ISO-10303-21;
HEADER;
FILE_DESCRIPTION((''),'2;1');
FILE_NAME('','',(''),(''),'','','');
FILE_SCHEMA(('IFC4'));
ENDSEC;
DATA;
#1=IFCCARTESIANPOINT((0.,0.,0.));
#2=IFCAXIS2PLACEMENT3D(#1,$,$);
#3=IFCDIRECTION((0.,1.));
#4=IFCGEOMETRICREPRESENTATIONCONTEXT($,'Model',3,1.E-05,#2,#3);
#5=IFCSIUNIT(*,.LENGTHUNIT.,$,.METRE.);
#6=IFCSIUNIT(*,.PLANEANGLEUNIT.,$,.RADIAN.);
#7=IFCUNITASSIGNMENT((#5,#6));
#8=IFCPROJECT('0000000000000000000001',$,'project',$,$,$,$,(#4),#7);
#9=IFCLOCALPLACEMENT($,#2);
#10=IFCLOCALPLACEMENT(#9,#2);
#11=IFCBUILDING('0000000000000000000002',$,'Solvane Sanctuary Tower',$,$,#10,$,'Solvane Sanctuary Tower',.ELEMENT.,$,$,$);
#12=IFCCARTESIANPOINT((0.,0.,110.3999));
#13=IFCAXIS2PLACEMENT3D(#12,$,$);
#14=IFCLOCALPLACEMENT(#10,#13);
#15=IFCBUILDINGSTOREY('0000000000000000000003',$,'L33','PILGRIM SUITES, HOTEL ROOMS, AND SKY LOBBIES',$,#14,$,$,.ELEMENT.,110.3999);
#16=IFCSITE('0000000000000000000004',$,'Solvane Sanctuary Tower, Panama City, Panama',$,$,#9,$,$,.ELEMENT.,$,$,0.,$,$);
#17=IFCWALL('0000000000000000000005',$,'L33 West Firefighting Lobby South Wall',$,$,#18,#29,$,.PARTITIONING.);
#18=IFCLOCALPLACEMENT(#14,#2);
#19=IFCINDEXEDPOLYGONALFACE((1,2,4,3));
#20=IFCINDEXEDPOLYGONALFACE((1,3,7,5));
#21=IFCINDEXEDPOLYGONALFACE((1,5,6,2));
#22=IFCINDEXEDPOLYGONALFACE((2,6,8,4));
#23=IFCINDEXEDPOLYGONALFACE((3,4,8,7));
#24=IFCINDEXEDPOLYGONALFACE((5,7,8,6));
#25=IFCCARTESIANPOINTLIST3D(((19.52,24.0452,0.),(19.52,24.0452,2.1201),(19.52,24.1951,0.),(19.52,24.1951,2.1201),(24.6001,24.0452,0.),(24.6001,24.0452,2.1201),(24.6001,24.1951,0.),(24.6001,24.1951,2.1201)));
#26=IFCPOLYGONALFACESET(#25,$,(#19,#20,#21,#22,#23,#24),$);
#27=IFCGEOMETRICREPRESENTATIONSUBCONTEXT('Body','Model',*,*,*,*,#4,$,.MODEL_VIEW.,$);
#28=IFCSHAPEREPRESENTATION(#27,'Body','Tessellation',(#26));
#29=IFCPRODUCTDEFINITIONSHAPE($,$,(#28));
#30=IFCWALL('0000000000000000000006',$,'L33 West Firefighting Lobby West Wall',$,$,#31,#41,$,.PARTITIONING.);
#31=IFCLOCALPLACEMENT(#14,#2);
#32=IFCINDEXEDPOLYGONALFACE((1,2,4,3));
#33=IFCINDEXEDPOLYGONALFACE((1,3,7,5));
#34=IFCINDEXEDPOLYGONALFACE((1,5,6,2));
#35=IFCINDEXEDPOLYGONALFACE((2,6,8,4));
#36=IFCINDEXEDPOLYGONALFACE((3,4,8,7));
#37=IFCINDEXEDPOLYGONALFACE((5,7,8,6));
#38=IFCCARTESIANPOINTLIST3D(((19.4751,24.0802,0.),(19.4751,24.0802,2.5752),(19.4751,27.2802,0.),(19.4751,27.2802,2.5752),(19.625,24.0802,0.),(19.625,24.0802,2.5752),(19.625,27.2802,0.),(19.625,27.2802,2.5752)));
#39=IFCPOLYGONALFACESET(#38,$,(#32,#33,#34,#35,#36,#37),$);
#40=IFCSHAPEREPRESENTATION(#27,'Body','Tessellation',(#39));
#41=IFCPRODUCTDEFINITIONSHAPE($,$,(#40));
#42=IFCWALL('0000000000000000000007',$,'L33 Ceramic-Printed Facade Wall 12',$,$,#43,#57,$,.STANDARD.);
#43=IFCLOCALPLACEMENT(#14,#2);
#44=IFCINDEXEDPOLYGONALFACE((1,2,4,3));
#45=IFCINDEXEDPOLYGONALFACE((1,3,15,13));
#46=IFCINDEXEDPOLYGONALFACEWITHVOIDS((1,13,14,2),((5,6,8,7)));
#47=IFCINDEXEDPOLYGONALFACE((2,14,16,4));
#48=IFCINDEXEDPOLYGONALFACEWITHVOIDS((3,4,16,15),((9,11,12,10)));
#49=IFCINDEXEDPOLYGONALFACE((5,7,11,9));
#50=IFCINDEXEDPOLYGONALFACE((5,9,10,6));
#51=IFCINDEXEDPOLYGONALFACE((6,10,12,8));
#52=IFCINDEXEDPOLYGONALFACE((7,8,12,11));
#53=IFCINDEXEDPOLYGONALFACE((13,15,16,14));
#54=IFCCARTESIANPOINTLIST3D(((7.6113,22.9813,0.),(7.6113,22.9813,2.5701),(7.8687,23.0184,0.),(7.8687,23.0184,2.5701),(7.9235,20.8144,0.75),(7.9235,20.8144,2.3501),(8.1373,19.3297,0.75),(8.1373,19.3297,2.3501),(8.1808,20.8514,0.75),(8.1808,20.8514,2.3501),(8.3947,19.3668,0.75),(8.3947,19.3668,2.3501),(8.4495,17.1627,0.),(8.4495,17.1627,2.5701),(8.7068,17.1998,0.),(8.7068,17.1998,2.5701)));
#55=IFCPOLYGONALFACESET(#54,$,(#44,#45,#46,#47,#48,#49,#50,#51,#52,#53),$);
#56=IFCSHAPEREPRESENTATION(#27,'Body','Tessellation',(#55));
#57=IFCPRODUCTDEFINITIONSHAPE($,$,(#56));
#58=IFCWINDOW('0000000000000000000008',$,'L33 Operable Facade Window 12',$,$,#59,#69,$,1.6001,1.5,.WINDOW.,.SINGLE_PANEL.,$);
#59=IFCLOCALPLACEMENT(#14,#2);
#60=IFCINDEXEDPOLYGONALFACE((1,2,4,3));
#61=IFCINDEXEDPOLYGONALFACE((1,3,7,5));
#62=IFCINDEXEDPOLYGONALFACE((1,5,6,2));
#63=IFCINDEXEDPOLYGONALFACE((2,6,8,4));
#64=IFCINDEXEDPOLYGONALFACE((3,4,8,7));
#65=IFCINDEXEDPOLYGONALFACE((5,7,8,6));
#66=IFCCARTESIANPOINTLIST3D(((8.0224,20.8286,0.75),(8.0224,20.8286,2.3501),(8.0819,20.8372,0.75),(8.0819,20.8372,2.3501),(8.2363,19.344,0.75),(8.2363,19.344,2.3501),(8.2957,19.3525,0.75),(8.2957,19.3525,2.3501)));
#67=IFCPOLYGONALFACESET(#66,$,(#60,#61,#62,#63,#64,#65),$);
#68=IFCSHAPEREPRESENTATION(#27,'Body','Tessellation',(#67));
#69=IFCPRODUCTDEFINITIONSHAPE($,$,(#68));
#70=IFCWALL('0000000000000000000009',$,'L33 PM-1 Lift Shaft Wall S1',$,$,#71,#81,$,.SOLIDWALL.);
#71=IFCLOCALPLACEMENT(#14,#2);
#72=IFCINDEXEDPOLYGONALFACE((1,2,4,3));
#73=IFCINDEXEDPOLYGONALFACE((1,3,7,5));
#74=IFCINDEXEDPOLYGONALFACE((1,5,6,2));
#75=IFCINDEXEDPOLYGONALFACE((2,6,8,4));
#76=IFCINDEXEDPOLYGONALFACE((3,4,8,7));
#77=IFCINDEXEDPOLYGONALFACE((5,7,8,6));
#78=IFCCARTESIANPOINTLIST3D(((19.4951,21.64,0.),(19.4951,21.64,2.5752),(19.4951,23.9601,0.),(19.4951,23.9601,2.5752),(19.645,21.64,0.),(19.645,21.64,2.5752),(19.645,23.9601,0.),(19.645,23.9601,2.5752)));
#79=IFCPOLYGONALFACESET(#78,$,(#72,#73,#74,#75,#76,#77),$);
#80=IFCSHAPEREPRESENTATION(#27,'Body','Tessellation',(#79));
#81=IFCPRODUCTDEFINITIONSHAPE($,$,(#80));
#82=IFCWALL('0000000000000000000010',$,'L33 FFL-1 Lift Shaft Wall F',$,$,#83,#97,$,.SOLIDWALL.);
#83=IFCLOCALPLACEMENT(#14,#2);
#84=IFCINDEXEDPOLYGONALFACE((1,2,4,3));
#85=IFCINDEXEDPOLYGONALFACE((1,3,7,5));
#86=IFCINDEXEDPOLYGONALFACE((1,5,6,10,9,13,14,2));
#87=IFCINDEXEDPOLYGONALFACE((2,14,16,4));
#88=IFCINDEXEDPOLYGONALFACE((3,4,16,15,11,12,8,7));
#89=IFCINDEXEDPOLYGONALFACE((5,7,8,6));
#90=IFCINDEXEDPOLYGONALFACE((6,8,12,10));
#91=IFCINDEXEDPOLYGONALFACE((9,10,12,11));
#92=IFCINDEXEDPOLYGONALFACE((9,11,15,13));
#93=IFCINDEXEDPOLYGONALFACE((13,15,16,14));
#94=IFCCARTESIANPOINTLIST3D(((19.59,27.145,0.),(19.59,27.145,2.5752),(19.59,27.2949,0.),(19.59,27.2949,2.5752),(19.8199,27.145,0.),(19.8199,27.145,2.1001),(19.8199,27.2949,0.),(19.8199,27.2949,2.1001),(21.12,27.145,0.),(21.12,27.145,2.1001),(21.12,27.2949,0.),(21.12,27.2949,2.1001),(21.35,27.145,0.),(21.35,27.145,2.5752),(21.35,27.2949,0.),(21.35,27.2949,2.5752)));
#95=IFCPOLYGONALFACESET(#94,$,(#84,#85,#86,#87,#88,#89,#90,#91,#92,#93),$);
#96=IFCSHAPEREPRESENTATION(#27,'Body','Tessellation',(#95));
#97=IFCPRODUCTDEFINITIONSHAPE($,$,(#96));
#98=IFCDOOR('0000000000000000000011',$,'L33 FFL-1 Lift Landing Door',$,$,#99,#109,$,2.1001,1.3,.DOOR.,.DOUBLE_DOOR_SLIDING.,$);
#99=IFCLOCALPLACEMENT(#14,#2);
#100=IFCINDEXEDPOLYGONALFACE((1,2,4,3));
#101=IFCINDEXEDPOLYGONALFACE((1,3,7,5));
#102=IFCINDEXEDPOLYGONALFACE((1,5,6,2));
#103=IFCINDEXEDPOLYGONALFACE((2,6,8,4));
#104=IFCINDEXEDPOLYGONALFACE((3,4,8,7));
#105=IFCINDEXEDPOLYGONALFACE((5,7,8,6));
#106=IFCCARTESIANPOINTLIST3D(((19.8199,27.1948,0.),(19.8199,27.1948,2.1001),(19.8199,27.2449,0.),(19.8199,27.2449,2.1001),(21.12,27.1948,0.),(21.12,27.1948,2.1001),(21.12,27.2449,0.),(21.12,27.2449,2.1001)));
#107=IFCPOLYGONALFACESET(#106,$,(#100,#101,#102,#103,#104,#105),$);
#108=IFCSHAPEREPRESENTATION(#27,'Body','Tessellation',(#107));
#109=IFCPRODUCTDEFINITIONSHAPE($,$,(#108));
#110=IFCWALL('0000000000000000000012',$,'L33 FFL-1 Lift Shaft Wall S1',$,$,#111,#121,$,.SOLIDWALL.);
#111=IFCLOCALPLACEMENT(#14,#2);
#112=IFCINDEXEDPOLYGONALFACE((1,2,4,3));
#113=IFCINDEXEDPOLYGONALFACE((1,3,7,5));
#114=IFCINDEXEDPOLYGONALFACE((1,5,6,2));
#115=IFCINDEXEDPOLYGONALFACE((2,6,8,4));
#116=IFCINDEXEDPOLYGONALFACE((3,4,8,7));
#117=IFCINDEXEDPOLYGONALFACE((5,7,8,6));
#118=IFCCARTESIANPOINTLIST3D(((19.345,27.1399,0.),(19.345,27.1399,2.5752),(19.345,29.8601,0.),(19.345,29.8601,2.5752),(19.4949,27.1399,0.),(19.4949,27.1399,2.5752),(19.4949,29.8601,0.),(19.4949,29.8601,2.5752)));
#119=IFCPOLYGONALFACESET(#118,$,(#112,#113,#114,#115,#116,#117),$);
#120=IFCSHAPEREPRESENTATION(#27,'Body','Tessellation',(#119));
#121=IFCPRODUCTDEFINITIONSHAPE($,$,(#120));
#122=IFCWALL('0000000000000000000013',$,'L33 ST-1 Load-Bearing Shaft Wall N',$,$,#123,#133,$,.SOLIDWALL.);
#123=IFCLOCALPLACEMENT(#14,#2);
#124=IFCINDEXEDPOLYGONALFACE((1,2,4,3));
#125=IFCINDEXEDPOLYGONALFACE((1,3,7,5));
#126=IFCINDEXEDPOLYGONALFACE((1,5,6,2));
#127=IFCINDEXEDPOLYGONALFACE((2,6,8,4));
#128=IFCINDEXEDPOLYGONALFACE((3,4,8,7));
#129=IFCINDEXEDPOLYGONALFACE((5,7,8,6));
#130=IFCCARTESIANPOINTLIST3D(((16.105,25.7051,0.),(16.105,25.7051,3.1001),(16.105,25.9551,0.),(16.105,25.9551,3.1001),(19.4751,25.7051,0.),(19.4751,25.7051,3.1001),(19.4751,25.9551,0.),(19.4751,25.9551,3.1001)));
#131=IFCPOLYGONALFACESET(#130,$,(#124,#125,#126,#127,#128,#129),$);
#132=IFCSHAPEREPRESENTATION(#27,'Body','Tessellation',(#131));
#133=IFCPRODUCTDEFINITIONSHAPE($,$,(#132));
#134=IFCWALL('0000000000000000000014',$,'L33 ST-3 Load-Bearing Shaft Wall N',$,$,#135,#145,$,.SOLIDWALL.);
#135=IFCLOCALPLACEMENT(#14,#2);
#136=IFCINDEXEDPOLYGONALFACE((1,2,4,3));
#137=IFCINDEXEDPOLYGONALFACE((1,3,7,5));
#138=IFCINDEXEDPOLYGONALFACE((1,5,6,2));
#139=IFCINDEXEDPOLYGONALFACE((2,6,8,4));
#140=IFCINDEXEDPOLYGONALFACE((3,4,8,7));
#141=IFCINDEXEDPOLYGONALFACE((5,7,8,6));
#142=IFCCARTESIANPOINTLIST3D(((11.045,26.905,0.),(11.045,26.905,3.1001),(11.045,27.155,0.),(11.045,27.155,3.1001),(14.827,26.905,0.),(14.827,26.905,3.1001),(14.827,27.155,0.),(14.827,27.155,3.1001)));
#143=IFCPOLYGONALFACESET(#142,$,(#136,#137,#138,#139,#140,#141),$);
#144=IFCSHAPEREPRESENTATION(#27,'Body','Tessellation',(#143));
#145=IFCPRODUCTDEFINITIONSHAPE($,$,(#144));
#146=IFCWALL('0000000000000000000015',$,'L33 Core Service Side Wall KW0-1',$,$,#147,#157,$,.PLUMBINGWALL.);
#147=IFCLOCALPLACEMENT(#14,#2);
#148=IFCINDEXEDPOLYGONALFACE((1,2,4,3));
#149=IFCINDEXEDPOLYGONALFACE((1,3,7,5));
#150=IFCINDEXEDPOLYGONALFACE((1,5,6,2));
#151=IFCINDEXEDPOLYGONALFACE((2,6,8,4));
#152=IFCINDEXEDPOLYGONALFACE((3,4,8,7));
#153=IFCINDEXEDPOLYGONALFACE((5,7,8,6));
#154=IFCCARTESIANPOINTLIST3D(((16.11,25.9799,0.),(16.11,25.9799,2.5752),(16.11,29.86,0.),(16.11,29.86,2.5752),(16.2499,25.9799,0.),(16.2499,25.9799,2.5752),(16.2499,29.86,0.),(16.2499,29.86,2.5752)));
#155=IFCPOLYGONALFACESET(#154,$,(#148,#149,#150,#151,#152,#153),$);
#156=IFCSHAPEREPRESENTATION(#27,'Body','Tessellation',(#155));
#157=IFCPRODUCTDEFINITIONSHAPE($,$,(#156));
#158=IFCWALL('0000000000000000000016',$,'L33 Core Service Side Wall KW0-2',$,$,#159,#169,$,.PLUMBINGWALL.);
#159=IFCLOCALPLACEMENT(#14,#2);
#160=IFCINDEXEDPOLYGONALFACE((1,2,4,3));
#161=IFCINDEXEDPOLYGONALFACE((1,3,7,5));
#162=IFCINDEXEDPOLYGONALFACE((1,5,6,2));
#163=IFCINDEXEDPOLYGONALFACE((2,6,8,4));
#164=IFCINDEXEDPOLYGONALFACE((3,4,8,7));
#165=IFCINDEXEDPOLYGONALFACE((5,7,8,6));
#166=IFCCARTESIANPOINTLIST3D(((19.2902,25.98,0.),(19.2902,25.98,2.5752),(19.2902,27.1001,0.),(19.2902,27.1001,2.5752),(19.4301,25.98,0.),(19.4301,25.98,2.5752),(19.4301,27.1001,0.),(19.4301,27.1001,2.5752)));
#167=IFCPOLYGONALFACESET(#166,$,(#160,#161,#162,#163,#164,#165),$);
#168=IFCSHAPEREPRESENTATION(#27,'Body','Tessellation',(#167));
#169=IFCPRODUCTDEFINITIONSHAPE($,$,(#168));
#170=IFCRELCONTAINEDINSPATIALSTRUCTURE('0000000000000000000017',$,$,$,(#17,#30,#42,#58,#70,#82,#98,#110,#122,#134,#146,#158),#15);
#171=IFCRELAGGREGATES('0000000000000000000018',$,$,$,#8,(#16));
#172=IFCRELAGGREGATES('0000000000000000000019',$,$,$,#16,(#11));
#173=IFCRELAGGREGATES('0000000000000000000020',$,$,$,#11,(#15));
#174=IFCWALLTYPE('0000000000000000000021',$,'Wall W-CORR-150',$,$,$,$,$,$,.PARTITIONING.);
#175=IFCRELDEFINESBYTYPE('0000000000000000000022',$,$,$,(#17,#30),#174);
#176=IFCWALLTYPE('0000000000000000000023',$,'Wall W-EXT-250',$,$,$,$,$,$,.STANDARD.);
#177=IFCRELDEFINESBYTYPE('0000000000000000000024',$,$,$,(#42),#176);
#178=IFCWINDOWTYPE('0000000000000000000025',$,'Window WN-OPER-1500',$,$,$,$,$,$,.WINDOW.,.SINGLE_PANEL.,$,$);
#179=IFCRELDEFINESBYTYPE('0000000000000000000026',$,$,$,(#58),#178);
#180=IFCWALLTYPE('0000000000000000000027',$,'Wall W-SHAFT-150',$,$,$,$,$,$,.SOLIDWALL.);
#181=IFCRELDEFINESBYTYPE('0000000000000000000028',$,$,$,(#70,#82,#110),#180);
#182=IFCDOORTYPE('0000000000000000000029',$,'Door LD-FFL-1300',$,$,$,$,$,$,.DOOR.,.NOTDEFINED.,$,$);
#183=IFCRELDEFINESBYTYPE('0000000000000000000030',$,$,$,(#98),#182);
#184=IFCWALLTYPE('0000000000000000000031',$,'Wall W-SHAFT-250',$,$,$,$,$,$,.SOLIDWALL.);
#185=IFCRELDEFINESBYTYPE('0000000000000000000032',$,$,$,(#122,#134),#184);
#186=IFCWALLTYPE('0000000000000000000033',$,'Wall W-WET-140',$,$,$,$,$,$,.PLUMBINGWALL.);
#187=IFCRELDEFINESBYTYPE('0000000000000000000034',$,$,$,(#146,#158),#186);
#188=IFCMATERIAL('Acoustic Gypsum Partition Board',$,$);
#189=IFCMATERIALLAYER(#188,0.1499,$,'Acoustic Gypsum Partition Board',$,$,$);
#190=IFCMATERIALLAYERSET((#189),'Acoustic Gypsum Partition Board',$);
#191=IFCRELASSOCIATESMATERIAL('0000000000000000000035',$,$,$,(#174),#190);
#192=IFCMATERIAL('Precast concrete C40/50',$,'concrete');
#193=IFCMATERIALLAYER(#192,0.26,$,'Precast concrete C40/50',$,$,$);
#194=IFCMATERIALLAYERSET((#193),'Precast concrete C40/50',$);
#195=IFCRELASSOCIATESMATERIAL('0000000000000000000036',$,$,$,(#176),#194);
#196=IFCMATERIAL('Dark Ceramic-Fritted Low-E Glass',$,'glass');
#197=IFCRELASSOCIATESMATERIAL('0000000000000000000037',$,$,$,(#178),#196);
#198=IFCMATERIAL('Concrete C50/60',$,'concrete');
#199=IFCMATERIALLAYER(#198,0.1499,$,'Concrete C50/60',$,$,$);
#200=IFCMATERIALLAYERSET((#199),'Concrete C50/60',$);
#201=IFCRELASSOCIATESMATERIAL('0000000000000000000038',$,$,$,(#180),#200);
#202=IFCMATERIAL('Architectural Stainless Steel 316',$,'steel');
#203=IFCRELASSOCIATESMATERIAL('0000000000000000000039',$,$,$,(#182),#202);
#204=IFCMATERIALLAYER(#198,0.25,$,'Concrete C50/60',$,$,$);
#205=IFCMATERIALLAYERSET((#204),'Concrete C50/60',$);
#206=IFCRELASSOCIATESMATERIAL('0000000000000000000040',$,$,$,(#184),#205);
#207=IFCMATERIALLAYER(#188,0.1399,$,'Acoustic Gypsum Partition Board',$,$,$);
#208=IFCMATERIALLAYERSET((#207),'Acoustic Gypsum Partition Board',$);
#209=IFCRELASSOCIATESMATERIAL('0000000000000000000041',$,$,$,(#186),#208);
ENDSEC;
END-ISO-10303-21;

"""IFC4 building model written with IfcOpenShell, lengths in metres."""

from ifc_helpers import new_model, si_unit, direction, frame, frame_2d, origin, place, context, subcontext, project, spatial, rectangle, extrude, material, layer, layer_set, type_object, element, fill, save


model = new_model("IFC4")

# Units and contexts
model_context = context("Model", 3, precision=1e-05, world=origin(), true_north=direction((0.0, 1.0)))
body_context = subcontext(model_context, "Body", "Model", "MODEL_VIEW")
ifc_project = project(units=[si_unit("LENGTHUNIT", "METRE"), si_unit("PLANEANGLEUNIT", "RADIAN")], contexts=[model_context])

# Site, building, storey
site_placement = place(None, origin())
site = spatial("IfcSite", under=ifc_project, at=site_placement, Name="Solvane Sanctuary Tower, Panama City, Panama", CompositionType="ELEMENT", RefElevation=0.0)
building_placement = place(site_placement, origin())
building = spatial("IfcBuilding", under=site, at=building_placement, Name="Solvane Sanctuary Tower", LongName="Solvane Sanctuary Tower", CompositionType="ELEMENT")
storey_placement = place(building_placement, frame((0.0, 0.0, 110.3999)))
storey = spatial("IfcBuildingStorey", under=building, at=storey_placement, Name="L33", Description="PILGRIM SUITES, HOTEL ROOMS, AND SKY LOBBIES", CompositionType="ELEMENT", Elevation=110.3999)

# Walls
ifc_material_1 = material(Name="Acoustic Gypsum Partition Board")
ifc_layer_1 = layer(ifc_material_1, 0.1499, Name="Acoustic Gypsum Partition Board")
ifc_layer_set_1 = layer_set([ifc_layer_1], Name="Acoustic Gypsum Partition Board")
wall_type_1 = type_object("IfcWallType", Name="Wall W-CORR-150", PredefinedType="PARTITIONING", material=ifc_layer_set_1)
wall_1_placement = place(storey_placement, frame((19.52, 24.1201, 0.0), z_axis=(0.0, 0.0, 1.0), x_axis=(1.0, 0.0, 0.0)))
element("IfcWall", 1, at=wall_1_placement, inside=storey, type_object=wall_type_1, Name="L33 West Firefighting Lobby South Wall", PredefinedType="PARTITIONING", context=body_context, shape_type="SweptSolid", body=[
    extrude(rectangle(XDim=5.0801, YDim=0.1499, at=frame_2d((2.54, 0.0))), origin(), (0.0, 0.0, 1.0), 2.1201),
])
wall_2_placement = place(storey_placement, frame((19.55, 24.0801, 0.0), z_axis=(0.0, 0.0, 1.0), x_axis=(0.0, 1.0, 0.0)))
element("IfcWall", 2, at=wall_2_placement, inside=storey, type_object=wall_type_1, Name="L33 West Firefighting Lobby West Wall", PredefinedType="PARTITIONING", context=body_context, shape_type="SweptSolid", body=[
    extrude(rectangle(XDim=3.2, YDim=0.1499, at=frame_2d((1.6001, 0.0))), origin(), (0.0, 0.0, 1.0), 2.5752),
])

# Wall, opening, window
ifc_material_2 = material(Name="Precast concrete C40/50", Category="concrete")
ifc_layer_2 = layer(ifc_material_2, 0.26, Name="Precast concrete C40/50")
ifc_layer_set_2 = layer_set([ifc_layer_2], Name="Precast concrete C40/50")
wall_type_2 = type_object("IfcWallType", Name="Wall W-EXT-250", PredefinedType="STANDARD", material=ifc_layer_set_2)
wall_3_placement = place(storey_placement, frame((7.74, 23.0, 0.0), z_axis=(0.0, 0.0, 1.0), x_axis=(0.142572, -0.989784, 0.0)))
wall_3 = element("IfcWall", 3, at=wall_3_placement, inside=storey, type_object=wall_type_2, Name="L33 Ceramic-Printed Facade Wall 12", PredefinedType="STANDARD", context=body_context, shape_type="SweptSolid", body=[
    extrude(rectangle(XDim=5.8787, YDim=0.26, at=frame_2d((2.9395, 0.0))), origin(), (0.0, 0.0, 1.0), 2.5701),
])
opening_1_placement = place(wall_3_placement, frame((2.1895, 0.0, 0.75)))
opening_1 = element("IfcOpeningElement", 4, at=opening_1_placement, cuts=wall_3, PredefinedType="OPENING", context=body_context, shape_type="SweptSolid", body=[
    extrude(rectangle(XDim=1.5, YDim=1.6001, at=frame_2d((0.75, 0.8))), frame((0.0, 0.1399, 0.0), z_axis=(0.0, -1.0, 0.0), x_axis=(1.0, 0.0, 0.0)), (0.0, 0.0, 1.0), 0.28),
])
ifc_material_3 = material(Name="Dark Ceramic-Fritted Low-E Glass", Category="glass")
window_type = type_object("IfcWindowType", Name="Window WN-OPER-1500", PartitioningType="SINGLE_PANEL", PredefinedType="WINDOW", material=ifc_material_3)
window_placement = place(opening_1_placement, origin())
window = element("IfcWindow", 5, at=window_placement, inside=storey, type_object=window_type, Name="L33 Operable Facade Window 12", OverallHeight=1.6001, OverallWidth=1.5, PartitioningType="SINGLE_PANEL", PredefinedType="WINDOW", context=body_context, shape_type="SweptSolid", body=[
    extrude(rectangle(XDim=1.5, YDim=1.6001, at=frame_2d((0.75, 0.8))), frame((0.0, 0.03, 0.0), z_axis=(0.0, -1.0, 0.0), x_axis=(1.0, 0.0, 0.0)), (0.0, 0.0, 1.0), 0.0601),
])
fill(opening_1, window)

# Wall
ifc_material_4 = material(Name="Concrete C50/60", Category="concrete")
ifc_layer_3 = layer(ifc_material_4, 0.1499, Name="Concrete C50/60")
ifc_layer_set_3 = layer_set([ifc_layer_3], Name="Concrete C50/60")
wall_type_3 = type_object("IfcWallType", Name="Wall W-SHAFT-150", PredefinedType="SOLIDWALL", material=ifc_layer_set_3)
wall_4_placement = place(storey_placement, frame((19.5701, 21.6399, 0.0), z_axis=(0.0, 0.0, 1.0), x_axis=(0.0, 1.0, 0.0)))
element("IfcWall", 6, at=wall_4_placement, inside=storey, type_object=wall_type_3, Name="L33 PM-1 Lift Shaft Wall S1", PredefinedType="SOLIDWALL", context=body_context, shape_type="SweptSolid", body=[
    extrude(rectangle(XDim=2.3201, YDim=0.1499, at=frame_2d((1.1602, 0.0))), origin(), (0.0, 0.0, 1.0), 2.5752),
])

# Wall, opening, door
wall_5_placement = place(storey_placement, frame((19.5901, 27.22, 0.0), z_axis=(0.0, 0.0, 1.0), x_axis=(1.0, 0.0, 0.0)))
wall_5 = element("IfcWall", 7, at=wall_5_placement, inside=storey, type_object=wall_type_3, Name="L33 FFL-1 Lift Shaft Wall F", PredefinedType="SOLIDWALL", context=body_context, shape_type="SweptSolid", body=[
    extrude(rectangle(XDim=1.76, YDim=0.1499, at=frame_2d((0.8799, 0.0))), origin(), (0.0, 0.0, 1.0), 2.5752),
])
opening_2_placement = place(wall_5_placement, frame((0.23, 0.0, 0.0)))
opening_2 = element("IfcOpeningElement", 8, at=opening_2_placement, cuts=wall_5, PredefinedType="OPENING", context=body_context, shape_type="SweptSolid", body=[
    extrude(rectangle(XDim=1.3, YDim=2.1001, at=frame_2d((0.6499, 1.05))), frame((0.0, 0.085, 0.0), z_axis=(0.0, -1.0, 0.0), x_axis=(1.0, 0.0, 0.0)), (0.0, 0.0, 1.0), 0.1699),
])
ifc_material_5 = material(Name="Architectural Stainless Steel 316", Category="steel")
door_type = type_object("IfcDoorType", Name="Door LD-FFL-1300", OperationType="NOTDEFINED", PredefinedType="DOOR", material=ifc_material_5)
door_placement = place(opening_2_placement, origin())
door = element("IfcDoor", 9, at=door_placement, inside=storey, type_object=door_type, Name="L33 FFL-1 Lift Landing Door", OperationType="DOUBLE_DOOR_SLIDING", OverallHeight=2.1001, OverallWidth=1.3, PredefinedType="DOOR", context=body_context, shape_type="SweptSolid", body=[
    extrude(rectangle(XDim=1.3, YDim=2.1001, at=frame_2d((0.6499, 1.05))), frame((0.0, 0.0249, 0.0), z_axis=(0.0, -1.0, 0.0), x_axis=(1.0, 0.0, 0.0)), (0.0, 0.0, 1.0), 0.05),
])
fill(opening_2, door)

# Walls
wall_6_placement = place(storey_placement, frame((19.4199, 27.1399, 0.0), z_axis=(0.0, 0.0, 1.0), x_axis=(0.0, 1.0, 0.0)))
element("IfcWall", 10, at=wall_6_placement, inside=storey, type_object=wall_type_3, Name="L33 FFL-1 Lift Shaft Wall S1", PredefinedType="SOLIDWALL", context=body_context, shape_type="SweptSolid", body=[
    extrude(rectangle(XDim=2.7202, YDim=0.1499, at=frame_2d((1.3601, 0.0))), origin(), (0.0, 0.0, 1.0), 2.5752),
])
ifc_layer_4 = layer(ifc_material_4, 0.25, Name="Concrete C50/60")
ifc_layer_set_4 = layer_set([ifc_layer_4], Name="Concrete C50/60")
wall_type_4 = type_object("IfcWallType", Name="Wall W-SHAFT-250", PredefinedType="SOLIDWALL", material=ifc_layer_set_4)
wall_7_placement = place(storey_placement, frame((16.105, 25.8301, 0.0), z_axis=(0.0, 0.0, 1.0), x_axis=(1.0, 0.0, 0.0)))
element("IfcWall", 11, at=wall_7_placement, inside=storey, type_object=wall_type_4, Name="L33 ST-1 Load-Bearing Shaft Wall N", PredefinedType="SOLIDWALL", context=body_context, shape_type="SweptSolid", body=[
    extrude(rectangle(XDim=3.3701, YDim=0.25, at=frame_2d((1.6851, 0.0))), origin(), (0.0, 0.0, 1.0), 3.1001),
])
wall_8_placement = place(storey_placement, frame((11.0449, 27.03, 0.0), z_axis=(0.0, 0.0, 1.0), x_axis=(1.0, 0.0, 0.0)))
element("IfcWall", 12, at=wall_8_placement, inside=storey, type_object=wall_type_4, Name="L33 ST-3 Load-Bearing Shaft Wall N", PredefinedType="SOLIDWALL", context=body_context, shape_type="SweptSolid", body=[
    extrude(rectangle(XDim=3.782, YDim=0.25, at=frame_2d((1.8911, 0.0))), origin(), (0.0, 0.0, 1.0), 3.1001),
])
ifc_layer_5 = layer(ifc_material_1, 0.1399, Name="Acoustic Gypsum Partition Board")
ifc_layer_set_5 = layer_set([ifc_layer_5], Name="Acoustic Gypsum Partition Board")
wall_type_5 = type_object("IfcWallType", Name="Wall W-WET-140", PredefinedType="PLUMBINGWALL", material=ifc_layer_set_5)
wall_9_placement = place(storey_placement, frame((16.1799, 25.98, 0.0), z_axis=(0.0, 0.0, 1.0), x_axis=(0.0, 1.0, 0.0)))
element("IfcWall", 13, at=wall_9_placement, inside=storey, type_object=wall_type_5, Name="L33 Core Service Side Wall KW0-1", PredefinedType="PLUMBINGWALL", context=body_context, shape_type="SweptSolid", body=[
    extrude(rectangle(XDim=3.8801, YDim=0.1399, at=frame_2d((1.9399, 0.0))), origin(), (0.0, 0.0, 1.0), 2.5752),
])
wall_10_placement = place(storey_placement, frame((19.3601, 25.98, 0.0), z_axis=(0.0, 0.0, 1.0), x_axis=(0.0, 1.0, 0.0)))
element("IfcWall", 14, at=wall_10_placement, inside=storey, type_object=wall_type_5, Name="L33 Core Service Side Wall KW0-2", PredefinedType="PLUMBINGWALL", context=body_context, shape_type="SweptSolid", body=[
    extrude(rectangle(XDim=1.1201, YDim=0.1399, at=frame_2d((0.5601, 0.0))), origin(), (0.0, 0.0, 1.0), 2.5752),
])

save(model, "model.ifc")
